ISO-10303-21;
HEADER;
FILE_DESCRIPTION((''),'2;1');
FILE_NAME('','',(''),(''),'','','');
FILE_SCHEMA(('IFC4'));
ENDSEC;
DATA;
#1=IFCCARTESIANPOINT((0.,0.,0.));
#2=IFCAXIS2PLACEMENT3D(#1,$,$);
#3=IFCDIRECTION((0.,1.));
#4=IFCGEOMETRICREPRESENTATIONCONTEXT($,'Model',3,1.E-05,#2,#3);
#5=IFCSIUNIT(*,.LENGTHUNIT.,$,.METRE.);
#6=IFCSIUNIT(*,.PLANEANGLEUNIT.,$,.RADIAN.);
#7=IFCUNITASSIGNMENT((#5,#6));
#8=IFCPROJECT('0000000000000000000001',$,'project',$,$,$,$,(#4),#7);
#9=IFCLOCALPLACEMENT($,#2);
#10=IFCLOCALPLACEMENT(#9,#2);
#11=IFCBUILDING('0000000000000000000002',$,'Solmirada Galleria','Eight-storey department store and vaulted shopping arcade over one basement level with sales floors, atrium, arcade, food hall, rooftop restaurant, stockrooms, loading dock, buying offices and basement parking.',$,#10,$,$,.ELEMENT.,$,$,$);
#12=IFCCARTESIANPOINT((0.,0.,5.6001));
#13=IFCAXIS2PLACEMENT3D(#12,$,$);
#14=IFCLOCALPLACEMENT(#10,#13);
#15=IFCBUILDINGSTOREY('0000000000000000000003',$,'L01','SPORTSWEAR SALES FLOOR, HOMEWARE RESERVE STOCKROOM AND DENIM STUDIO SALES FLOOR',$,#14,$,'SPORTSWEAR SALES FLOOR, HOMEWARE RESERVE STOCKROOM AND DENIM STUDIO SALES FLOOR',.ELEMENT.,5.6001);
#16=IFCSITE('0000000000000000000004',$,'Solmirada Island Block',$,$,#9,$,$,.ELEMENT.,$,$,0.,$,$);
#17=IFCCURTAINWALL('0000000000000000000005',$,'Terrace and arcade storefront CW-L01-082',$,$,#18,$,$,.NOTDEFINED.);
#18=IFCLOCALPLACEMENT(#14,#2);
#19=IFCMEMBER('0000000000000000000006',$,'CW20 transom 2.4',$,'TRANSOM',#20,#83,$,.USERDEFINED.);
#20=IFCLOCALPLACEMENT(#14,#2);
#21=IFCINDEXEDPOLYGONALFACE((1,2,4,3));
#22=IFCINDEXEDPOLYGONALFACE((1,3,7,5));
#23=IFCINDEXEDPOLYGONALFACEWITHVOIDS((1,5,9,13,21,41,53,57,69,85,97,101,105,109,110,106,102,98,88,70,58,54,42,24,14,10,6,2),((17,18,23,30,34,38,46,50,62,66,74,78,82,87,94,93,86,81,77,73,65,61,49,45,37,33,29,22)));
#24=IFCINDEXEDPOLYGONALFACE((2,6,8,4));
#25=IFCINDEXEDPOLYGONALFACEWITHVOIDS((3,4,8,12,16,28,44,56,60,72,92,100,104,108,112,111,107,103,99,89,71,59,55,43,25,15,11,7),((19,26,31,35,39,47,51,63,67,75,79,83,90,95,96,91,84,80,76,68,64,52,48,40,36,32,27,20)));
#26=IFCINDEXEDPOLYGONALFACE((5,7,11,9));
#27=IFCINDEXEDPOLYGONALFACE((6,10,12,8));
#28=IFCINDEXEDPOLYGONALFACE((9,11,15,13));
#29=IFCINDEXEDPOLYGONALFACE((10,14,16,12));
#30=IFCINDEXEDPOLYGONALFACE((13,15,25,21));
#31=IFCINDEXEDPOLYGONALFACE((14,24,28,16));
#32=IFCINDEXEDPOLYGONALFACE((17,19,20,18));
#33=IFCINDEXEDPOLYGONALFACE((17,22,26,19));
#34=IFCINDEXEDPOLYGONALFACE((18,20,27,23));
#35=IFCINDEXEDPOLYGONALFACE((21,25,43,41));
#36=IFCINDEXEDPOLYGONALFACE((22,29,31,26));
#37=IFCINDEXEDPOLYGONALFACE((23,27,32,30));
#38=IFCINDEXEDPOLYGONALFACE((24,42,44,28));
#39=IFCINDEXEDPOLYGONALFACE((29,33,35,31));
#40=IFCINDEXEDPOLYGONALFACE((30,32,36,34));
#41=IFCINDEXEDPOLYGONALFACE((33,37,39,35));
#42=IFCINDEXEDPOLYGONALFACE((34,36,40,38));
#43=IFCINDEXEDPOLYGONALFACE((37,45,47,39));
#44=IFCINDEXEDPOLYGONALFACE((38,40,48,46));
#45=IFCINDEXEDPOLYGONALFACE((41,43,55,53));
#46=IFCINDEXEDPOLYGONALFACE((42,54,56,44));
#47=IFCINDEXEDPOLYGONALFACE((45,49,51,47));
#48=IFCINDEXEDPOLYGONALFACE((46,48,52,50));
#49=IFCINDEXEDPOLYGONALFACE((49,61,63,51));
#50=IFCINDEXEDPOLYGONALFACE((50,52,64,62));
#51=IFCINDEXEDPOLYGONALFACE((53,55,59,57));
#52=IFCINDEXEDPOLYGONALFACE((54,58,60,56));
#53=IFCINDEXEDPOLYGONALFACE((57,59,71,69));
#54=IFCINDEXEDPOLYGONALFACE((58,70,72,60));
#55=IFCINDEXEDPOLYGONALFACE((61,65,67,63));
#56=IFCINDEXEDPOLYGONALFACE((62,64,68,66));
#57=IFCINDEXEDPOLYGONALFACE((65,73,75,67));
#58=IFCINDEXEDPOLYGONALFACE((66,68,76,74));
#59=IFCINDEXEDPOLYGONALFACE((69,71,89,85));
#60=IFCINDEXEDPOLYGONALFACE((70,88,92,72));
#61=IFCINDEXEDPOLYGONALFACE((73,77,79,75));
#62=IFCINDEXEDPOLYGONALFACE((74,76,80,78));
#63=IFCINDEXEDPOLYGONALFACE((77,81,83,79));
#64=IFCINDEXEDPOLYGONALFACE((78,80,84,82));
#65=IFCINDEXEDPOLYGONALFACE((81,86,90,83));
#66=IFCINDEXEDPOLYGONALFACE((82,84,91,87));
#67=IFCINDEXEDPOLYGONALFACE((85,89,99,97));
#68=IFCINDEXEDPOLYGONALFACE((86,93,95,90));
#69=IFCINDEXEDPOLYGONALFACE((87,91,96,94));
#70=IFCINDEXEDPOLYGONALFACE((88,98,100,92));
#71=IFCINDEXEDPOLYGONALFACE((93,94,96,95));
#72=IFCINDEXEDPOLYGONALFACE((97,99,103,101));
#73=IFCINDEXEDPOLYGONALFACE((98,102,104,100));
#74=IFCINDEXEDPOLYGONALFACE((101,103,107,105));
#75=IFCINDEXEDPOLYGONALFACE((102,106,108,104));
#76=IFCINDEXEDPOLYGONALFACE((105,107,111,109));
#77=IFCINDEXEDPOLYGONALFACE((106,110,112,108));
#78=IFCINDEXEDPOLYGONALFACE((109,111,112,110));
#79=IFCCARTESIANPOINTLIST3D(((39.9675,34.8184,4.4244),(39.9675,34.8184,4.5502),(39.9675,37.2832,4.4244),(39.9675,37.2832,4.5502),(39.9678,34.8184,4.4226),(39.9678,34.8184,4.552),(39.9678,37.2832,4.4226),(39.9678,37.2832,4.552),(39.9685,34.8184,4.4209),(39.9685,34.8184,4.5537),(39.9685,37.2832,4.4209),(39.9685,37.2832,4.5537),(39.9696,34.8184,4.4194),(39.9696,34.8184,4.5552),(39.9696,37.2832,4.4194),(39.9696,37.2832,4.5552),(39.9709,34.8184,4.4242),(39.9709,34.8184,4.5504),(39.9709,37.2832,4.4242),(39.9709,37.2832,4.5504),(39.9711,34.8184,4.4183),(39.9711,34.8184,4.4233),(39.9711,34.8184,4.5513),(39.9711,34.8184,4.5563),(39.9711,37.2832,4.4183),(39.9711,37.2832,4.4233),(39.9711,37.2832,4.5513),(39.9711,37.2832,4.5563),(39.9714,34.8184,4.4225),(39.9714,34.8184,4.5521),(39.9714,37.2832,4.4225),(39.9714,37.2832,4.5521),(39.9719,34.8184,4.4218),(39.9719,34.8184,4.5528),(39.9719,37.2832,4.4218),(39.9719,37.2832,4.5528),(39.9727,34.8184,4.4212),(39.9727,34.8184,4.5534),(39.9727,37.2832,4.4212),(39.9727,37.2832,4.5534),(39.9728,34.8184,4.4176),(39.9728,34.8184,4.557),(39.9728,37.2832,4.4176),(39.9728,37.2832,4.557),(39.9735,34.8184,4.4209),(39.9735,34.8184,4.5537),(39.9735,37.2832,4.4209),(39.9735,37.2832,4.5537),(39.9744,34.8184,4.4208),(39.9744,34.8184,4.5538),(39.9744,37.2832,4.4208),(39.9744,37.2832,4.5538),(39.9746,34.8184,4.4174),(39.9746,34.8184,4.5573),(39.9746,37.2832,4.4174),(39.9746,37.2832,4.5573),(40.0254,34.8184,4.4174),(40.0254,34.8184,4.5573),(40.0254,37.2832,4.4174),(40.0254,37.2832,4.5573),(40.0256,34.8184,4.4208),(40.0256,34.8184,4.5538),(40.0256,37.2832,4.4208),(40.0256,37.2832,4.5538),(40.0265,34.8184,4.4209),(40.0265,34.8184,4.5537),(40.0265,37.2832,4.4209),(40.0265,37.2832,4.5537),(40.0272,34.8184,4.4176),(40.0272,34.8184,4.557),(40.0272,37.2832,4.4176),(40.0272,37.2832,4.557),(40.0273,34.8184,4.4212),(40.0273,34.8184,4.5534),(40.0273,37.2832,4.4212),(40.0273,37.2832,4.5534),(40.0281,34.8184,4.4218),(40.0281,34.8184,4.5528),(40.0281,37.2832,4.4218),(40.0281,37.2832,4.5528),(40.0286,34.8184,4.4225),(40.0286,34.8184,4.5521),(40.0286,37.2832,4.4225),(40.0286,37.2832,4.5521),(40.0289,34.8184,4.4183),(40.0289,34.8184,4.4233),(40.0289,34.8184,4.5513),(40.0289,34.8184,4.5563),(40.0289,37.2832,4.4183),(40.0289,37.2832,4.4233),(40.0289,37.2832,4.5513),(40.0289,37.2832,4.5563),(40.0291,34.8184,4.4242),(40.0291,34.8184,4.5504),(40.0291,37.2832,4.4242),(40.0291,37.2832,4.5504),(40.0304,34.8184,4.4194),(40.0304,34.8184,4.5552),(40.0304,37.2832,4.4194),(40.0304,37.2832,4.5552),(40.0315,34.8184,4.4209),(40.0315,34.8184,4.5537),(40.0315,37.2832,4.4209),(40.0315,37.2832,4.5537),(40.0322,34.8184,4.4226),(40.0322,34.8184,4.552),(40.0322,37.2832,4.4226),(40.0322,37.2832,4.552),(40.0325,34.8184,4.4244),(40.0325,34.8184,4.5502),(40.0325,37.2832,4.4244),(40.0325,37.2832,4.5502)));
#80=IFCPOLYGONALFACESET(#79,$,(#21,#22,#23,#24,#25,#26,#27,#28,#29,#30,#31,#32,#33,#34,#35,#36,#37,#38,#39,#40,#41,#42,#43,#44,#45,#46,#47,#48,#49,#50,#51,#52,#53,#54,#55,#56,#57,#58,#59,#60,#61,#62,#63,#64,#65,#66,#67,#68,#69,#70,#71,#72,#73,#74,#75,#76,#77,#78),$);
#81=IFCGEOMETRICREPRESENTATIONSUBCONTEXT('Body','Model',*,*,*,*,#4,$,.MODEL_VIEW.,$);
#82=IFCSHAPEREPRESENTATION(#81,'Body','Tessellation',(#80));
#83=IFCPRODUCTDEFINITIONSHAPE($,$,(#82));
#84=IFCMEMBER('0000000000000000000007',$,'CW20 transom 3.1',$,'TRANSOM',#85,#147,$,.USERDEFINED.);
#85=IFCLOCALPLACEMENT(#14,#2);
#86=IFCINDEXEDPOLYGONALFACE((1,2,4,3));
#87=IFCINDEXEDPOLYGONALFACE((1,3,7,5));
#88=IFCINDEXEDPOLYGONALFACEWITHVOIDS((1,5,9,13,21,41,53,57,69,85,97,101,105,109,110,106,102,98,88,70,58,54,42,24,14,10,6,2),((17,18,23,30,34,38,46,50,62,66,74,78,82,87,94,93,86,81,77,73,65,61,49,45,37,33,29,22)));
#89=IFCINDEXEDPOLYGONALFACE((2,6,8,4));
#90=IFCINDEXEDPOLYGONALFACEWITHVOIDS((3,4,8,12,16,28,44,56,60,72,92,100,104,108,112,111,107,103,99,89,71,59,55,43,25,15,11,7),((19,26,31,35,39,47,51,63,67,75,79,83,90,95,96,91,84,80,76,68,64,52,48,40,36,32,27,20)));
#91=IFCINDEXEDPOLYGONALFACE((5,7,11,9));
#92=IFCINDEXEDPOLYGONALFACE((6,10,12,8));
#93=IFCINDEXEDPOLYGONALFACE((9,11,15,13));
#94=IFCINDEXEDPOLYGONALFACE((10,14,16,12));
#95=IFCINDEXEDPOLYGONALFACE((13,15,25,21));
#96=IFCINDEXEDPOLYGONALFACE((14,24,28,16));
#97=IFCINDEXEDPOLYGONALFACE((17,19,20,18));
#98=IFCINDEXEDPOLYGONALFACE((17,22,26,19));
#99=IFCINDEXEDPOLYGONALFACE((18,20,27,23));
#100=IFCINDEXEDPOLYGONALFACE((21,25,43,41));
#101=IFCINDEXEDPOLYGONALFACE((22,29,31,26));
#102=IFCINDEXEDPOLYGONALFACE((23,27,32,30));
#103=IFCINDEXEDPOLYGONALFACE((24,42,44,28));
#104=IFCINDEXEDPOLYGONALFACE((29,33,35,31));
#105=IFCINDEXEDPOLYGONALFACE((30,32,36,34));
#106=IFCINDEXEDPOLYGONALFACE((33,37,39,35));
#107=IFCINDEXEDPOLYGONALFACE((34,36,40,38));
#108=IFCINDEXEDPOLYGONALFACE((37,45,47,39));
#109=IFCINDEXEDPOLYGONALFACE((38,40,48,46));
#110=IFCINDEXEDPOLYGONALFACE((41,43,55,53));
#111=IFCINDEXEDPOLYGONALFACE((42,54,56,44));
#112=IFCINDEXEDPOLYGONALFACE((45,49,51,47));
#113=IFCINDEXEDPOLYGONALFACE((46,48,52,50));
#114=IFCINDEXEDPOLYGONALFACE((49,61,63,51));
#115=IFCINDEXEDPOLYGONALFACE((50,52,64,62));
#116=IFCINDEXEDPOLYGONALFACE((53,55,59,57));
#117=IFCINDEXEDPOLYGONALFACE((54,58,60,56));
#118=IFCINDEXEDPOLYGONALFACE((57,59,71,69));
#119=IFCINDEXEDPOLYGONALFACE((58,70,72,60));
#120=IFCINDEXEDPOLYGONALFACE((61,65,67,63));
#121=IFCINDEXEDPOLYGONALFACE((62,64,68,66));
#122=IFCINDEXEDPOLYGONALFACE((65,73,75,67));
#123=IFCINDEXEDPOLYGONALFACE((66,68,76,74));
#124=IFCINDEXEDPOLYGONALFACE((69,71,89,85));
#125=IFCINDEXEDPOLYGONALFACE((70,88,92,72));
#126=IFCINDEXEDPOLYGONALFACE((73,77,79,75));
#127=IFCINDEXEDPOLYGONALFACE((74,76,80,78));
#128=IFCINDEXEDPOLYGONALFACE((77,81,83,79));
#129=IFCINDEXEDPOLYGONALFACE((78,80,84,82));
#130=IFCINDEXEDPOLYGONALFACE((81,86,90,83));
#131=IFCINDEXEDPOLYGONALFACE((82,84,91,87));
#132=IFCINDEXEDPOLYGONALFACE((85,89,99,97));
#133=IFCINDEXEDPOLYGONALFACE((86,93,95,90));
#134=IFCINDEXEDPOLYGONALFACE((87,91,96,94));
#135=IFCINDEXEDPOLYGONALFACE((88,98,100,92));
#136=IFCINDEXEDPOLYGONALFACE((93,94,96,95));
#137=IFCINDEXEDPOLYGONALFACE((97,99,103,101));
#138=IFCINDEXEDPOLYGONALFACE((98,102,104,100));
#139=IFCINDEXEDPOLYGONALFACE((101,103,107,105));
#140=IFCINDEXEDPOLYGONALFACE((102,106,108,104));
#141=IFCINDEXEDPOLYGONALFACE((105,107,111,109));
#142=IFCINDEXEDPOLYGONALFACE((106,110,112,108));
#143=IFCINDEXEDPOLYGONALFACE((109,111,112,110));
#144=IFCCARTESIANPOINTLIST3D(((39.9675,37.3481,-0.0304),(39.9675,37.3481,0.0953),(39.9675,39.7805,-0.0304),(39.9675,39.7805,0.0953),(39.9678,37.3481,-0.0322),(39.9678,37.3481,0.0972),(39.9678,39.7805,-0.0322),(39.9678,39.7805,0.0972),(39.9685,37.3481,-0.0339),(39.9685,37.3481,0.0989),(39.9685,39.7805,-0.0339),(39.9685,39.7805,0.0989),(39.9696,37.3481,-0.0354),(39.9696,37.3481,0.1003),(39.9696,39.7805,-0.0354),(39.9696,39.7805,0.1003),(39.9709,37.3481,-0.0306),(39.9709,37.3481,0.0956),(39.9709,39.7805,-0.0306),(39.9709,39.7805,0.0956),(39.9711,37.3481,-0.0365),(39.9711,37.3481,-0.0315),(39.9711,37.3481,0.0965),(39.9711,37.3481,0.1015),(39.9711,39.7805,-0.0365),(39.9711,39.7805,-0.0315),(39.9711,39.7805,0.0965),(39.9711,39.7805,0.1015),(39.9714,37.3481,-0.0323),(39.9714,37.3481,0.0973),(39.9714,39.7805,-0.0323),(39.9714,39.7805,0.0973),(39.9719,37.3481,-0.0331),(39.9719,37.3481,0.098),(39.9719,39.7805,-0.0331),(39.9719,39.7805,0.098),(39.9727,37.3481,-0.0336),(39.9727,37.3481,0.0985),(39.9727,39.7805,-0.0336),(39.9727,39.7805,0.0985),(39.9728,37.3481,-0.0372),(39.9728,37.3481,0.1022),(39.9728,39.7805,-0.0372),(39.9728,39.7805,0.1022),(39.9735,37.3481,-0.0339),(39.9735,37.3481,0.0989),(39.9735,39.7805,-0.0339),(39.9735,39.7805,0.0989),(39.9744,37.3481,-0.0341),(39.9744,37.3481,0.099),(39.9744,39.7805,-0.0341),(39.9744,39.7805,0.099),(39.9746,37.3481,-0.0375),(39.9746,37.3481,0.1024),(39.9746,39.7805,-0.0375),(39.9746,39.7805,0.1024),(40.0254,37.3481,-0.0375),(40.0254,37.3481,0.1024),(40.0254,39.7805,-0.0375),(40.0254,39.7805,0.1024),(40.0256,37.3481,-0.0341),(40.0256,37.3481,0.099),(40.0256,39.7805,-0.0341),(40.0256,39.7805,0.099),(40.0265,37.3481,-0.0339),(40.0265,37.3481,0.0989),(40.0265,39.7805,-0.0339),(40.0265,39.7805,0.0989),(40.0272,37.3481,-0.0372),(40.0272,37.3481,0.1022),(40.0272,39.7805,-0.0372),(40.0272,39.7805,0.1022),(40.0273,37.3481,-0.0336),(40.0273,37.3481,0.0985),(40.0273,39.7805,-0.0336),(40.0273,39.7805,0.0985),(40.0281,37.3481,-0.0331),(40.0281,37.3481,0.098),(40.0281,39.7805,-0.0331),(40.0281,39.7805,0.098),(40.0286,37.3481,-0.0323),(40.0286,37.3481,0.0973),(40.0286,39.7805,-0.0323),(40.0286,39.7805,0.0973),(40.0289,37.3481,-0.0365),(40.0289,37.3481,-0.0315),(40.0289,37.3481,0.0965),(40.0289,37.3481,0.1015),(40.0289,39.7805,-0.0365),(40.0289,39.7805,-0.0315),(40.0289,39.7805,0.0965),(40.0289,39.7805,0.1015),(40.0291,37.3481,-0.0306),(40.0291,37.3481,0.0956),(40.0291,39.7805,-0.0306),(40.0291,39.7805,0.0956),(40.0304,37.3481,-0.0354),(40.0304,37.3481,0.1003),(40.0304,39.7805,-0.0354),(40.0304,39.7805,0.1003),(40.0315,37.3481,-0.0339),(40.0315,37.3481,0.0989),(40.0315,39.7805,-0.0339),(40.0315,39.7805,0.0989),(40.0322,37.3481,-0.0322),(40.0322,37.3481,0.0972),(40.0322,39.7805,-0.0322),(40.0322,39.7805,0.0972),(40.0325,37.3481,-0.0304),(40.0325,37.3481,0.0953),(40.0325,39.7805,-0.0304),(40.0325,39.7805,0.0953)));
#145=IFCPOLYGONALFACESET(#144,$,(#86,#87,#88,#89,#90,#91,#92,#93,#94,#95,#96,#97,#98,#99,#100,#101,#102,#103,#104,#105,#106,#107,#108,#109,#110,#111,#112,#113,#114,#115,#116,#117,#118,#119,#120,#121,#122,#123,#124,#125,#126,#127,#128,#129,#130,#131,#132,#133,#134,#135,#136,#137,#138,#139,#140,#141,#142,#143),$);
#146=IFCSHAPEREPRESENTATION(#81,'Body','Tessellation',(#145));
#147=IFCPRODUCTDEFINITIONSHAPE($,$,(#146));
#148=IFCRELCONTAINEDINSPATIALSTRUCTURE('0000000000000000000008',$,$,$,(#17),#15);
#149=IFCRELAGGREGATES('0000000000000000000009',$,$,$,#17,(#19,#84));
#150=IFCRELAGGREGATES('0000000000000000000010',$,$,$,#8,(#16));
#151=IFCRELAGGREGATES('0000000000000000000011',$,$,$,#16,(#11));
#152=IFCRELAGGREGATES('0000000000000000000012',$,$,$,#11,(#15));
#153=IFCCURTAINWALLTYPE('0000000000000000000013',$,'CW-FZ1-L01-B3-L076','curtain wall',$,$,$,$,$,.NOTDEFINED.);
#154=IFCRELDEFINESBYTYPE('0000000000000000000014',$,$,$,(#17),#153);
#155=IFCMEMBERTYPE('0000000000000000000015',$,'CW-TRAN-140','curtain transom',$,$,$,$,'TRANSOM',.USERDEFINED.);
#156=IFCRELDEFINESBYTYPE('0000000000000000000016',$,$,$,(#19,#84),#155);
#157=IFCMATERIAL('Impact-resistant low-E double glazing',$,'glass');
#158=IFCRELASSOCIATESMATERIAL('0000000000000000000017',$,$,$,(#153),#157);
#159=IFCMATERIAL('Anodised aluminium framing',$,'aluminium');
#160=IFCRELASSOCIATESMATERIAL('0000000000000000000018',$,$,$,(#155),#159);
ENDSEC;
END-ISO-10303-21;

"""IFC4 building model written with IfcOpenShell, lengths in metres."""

from ifc_helpers import new_model, si_unit, direction, frame, origin, origin_2d, place, context, subcontext, project, spatial, hollow_rectangle, extrude, material, material_profile, profile_set, type_object, element, aggregate, save


model = new_model("IFC4")

# Units and contexts
model_context = context("Model", 3, precision=1e-05, world=origin(), true_north=direction((0.0, 1.0)))
body_context = subcontext(model_context, "Body", "Model", "MODEL_VIEW")
ifc_project = project(units=[si_unit("LENGTHUNIT", "METRE"), si_unit("PLANEANGLEUNIT", "RADIAN")], contexts=[model_context])

# Site, building, storey
site_placement = place(None, origin())
site = spatial("IfcSite", under=ifc_project, at=site_placement, Name="Solmirada Island Block", CompositionType="ELEMENT", RefElevation=0.0)
building_placement = place(site_placement, origin())
building = spatial("IfcBuilding", under=site, at=building_placement, Name="Solmirada Galleria", Description="Eight-storey department store and vaulted shopping arcade over one basement level with sales floors, atrium, arcade, food hall, rooftop restaurant, stockrooms, loading dock, buying offices and basement parking.", CompositionType="ELEMENT")
storey_placement = place(building_placement, frame((0.0, 0.0, 5.6001)))
storey = spatial("IfcBuildingStorey", under=building, at=storey_placement, Name="L01", Description="SPORTSWEAR SALES FLOOR, HOMEWARE RESERVE STOCKROOM AND DENIM STUDIO SALES FLOOR", LongName="SPORTSWEAR SALES FLOOR, HOMEWARE RESERVE STOCKROOM AND DENIM STUDIO SALES FLOOR", CompositionType="ELEMENT", Elevation=5.6001)

# Shared definitions
ifc_material_1 = material(Name="Impact-resistant low-E double glazing", Category="glass")
curtain_wall_type = type_object("IfcCurtainWallType", Name="CW-FZ1-L01-B3-L076", Description="curtain wall", PredefinedType="NOTDEFINED", material=ifc_material_1)
ifc_material_2 = material(Name="Anodised aluminium framing", Category="aluminium")

# Curtain wall, members
curtain_wall_1_placement = place(storey_placement, origin())
curtain_wall_1 = element("IfcCurtainWall", 1, at=curtain_wall_1_placement, inside=storey, type_object=curtain_wall_type, Name="Terrace and arcade storefront CW-L01-082", PredefinedType="NOTDEFINED")
ifc_material_profile_1 = material_profile(ifc_material_2, hollow_rectangle(XDim=0.0649, YDim=0.1399, WallThickness=0.0034, InnerFilletRadius=0.0034, OuterFilletRadius=0.0071, at=origin_2d()), Name="ALU-TRAN-140X65")
ifc_profile_set_1 = profile_set([ifc_material_profile_1], Name="Anodised aluminium framing")
member_type_1 = type_object("IfcMemberType", Name="CW-TRAN-140", Description="curtain transom", ElementType="TRANSOM", PredefinedType="USERDEFINED", material=ifc_profile_set_1)
member_1_placement = place(storey_placement, frame((40.0, 34.8184, 4.4873), z_axis=(0.0, 1.0, 0.0), x_axis=(-1.0, 0.0, 0.0)))
member_1 = element("IfcMember", 2, at=member_1_placement, type_object=member_type_1, Name="CW20 transom 2.4", ObjectType="TRANSOM", PredefinedType="USERDEFINED", context=body_context, shape_type="SweptSolid", body=[
    extrude(hollow_rectangle(XDim=0.0649, YDim=0.1399, WallThickness=0.0034, InnerFilletRadius=0.0034, OuterFilletRadius=0.0071, at=origin_2d()), origin(), (0.0, 0.0, 1.0), 2.4648),
])
member_2_placement = place(storey_placement, frame((40.0, 37.3481, 0.0325), z_axis=(0.0, 1.0, 0.0), x_axis=(-1.0, 0.0, 0.0)))
member_2 = element("IfcMember", 3, at=member_2_placement, type_object=member_type_1, Name="CW20 transom 3.1", ObjectType="TRANSOM", PredefinedType="USERDEFINED", context=body_context, shape_type="SweptSolid", body=[
    extrude(hollow_rectangle(XDim=0.0649, YDim=0.1399, WallThickness=0.0034, InnerFilletRadius=0.0034, OuterFilletRadius=0.0071, at=origin_2d()), origin(), (0.0, 0.0, 1.0), 2.4324),
])

aggregate(curtain_wall_1, [member_1, member_2])

save(model, "model.ifc")
